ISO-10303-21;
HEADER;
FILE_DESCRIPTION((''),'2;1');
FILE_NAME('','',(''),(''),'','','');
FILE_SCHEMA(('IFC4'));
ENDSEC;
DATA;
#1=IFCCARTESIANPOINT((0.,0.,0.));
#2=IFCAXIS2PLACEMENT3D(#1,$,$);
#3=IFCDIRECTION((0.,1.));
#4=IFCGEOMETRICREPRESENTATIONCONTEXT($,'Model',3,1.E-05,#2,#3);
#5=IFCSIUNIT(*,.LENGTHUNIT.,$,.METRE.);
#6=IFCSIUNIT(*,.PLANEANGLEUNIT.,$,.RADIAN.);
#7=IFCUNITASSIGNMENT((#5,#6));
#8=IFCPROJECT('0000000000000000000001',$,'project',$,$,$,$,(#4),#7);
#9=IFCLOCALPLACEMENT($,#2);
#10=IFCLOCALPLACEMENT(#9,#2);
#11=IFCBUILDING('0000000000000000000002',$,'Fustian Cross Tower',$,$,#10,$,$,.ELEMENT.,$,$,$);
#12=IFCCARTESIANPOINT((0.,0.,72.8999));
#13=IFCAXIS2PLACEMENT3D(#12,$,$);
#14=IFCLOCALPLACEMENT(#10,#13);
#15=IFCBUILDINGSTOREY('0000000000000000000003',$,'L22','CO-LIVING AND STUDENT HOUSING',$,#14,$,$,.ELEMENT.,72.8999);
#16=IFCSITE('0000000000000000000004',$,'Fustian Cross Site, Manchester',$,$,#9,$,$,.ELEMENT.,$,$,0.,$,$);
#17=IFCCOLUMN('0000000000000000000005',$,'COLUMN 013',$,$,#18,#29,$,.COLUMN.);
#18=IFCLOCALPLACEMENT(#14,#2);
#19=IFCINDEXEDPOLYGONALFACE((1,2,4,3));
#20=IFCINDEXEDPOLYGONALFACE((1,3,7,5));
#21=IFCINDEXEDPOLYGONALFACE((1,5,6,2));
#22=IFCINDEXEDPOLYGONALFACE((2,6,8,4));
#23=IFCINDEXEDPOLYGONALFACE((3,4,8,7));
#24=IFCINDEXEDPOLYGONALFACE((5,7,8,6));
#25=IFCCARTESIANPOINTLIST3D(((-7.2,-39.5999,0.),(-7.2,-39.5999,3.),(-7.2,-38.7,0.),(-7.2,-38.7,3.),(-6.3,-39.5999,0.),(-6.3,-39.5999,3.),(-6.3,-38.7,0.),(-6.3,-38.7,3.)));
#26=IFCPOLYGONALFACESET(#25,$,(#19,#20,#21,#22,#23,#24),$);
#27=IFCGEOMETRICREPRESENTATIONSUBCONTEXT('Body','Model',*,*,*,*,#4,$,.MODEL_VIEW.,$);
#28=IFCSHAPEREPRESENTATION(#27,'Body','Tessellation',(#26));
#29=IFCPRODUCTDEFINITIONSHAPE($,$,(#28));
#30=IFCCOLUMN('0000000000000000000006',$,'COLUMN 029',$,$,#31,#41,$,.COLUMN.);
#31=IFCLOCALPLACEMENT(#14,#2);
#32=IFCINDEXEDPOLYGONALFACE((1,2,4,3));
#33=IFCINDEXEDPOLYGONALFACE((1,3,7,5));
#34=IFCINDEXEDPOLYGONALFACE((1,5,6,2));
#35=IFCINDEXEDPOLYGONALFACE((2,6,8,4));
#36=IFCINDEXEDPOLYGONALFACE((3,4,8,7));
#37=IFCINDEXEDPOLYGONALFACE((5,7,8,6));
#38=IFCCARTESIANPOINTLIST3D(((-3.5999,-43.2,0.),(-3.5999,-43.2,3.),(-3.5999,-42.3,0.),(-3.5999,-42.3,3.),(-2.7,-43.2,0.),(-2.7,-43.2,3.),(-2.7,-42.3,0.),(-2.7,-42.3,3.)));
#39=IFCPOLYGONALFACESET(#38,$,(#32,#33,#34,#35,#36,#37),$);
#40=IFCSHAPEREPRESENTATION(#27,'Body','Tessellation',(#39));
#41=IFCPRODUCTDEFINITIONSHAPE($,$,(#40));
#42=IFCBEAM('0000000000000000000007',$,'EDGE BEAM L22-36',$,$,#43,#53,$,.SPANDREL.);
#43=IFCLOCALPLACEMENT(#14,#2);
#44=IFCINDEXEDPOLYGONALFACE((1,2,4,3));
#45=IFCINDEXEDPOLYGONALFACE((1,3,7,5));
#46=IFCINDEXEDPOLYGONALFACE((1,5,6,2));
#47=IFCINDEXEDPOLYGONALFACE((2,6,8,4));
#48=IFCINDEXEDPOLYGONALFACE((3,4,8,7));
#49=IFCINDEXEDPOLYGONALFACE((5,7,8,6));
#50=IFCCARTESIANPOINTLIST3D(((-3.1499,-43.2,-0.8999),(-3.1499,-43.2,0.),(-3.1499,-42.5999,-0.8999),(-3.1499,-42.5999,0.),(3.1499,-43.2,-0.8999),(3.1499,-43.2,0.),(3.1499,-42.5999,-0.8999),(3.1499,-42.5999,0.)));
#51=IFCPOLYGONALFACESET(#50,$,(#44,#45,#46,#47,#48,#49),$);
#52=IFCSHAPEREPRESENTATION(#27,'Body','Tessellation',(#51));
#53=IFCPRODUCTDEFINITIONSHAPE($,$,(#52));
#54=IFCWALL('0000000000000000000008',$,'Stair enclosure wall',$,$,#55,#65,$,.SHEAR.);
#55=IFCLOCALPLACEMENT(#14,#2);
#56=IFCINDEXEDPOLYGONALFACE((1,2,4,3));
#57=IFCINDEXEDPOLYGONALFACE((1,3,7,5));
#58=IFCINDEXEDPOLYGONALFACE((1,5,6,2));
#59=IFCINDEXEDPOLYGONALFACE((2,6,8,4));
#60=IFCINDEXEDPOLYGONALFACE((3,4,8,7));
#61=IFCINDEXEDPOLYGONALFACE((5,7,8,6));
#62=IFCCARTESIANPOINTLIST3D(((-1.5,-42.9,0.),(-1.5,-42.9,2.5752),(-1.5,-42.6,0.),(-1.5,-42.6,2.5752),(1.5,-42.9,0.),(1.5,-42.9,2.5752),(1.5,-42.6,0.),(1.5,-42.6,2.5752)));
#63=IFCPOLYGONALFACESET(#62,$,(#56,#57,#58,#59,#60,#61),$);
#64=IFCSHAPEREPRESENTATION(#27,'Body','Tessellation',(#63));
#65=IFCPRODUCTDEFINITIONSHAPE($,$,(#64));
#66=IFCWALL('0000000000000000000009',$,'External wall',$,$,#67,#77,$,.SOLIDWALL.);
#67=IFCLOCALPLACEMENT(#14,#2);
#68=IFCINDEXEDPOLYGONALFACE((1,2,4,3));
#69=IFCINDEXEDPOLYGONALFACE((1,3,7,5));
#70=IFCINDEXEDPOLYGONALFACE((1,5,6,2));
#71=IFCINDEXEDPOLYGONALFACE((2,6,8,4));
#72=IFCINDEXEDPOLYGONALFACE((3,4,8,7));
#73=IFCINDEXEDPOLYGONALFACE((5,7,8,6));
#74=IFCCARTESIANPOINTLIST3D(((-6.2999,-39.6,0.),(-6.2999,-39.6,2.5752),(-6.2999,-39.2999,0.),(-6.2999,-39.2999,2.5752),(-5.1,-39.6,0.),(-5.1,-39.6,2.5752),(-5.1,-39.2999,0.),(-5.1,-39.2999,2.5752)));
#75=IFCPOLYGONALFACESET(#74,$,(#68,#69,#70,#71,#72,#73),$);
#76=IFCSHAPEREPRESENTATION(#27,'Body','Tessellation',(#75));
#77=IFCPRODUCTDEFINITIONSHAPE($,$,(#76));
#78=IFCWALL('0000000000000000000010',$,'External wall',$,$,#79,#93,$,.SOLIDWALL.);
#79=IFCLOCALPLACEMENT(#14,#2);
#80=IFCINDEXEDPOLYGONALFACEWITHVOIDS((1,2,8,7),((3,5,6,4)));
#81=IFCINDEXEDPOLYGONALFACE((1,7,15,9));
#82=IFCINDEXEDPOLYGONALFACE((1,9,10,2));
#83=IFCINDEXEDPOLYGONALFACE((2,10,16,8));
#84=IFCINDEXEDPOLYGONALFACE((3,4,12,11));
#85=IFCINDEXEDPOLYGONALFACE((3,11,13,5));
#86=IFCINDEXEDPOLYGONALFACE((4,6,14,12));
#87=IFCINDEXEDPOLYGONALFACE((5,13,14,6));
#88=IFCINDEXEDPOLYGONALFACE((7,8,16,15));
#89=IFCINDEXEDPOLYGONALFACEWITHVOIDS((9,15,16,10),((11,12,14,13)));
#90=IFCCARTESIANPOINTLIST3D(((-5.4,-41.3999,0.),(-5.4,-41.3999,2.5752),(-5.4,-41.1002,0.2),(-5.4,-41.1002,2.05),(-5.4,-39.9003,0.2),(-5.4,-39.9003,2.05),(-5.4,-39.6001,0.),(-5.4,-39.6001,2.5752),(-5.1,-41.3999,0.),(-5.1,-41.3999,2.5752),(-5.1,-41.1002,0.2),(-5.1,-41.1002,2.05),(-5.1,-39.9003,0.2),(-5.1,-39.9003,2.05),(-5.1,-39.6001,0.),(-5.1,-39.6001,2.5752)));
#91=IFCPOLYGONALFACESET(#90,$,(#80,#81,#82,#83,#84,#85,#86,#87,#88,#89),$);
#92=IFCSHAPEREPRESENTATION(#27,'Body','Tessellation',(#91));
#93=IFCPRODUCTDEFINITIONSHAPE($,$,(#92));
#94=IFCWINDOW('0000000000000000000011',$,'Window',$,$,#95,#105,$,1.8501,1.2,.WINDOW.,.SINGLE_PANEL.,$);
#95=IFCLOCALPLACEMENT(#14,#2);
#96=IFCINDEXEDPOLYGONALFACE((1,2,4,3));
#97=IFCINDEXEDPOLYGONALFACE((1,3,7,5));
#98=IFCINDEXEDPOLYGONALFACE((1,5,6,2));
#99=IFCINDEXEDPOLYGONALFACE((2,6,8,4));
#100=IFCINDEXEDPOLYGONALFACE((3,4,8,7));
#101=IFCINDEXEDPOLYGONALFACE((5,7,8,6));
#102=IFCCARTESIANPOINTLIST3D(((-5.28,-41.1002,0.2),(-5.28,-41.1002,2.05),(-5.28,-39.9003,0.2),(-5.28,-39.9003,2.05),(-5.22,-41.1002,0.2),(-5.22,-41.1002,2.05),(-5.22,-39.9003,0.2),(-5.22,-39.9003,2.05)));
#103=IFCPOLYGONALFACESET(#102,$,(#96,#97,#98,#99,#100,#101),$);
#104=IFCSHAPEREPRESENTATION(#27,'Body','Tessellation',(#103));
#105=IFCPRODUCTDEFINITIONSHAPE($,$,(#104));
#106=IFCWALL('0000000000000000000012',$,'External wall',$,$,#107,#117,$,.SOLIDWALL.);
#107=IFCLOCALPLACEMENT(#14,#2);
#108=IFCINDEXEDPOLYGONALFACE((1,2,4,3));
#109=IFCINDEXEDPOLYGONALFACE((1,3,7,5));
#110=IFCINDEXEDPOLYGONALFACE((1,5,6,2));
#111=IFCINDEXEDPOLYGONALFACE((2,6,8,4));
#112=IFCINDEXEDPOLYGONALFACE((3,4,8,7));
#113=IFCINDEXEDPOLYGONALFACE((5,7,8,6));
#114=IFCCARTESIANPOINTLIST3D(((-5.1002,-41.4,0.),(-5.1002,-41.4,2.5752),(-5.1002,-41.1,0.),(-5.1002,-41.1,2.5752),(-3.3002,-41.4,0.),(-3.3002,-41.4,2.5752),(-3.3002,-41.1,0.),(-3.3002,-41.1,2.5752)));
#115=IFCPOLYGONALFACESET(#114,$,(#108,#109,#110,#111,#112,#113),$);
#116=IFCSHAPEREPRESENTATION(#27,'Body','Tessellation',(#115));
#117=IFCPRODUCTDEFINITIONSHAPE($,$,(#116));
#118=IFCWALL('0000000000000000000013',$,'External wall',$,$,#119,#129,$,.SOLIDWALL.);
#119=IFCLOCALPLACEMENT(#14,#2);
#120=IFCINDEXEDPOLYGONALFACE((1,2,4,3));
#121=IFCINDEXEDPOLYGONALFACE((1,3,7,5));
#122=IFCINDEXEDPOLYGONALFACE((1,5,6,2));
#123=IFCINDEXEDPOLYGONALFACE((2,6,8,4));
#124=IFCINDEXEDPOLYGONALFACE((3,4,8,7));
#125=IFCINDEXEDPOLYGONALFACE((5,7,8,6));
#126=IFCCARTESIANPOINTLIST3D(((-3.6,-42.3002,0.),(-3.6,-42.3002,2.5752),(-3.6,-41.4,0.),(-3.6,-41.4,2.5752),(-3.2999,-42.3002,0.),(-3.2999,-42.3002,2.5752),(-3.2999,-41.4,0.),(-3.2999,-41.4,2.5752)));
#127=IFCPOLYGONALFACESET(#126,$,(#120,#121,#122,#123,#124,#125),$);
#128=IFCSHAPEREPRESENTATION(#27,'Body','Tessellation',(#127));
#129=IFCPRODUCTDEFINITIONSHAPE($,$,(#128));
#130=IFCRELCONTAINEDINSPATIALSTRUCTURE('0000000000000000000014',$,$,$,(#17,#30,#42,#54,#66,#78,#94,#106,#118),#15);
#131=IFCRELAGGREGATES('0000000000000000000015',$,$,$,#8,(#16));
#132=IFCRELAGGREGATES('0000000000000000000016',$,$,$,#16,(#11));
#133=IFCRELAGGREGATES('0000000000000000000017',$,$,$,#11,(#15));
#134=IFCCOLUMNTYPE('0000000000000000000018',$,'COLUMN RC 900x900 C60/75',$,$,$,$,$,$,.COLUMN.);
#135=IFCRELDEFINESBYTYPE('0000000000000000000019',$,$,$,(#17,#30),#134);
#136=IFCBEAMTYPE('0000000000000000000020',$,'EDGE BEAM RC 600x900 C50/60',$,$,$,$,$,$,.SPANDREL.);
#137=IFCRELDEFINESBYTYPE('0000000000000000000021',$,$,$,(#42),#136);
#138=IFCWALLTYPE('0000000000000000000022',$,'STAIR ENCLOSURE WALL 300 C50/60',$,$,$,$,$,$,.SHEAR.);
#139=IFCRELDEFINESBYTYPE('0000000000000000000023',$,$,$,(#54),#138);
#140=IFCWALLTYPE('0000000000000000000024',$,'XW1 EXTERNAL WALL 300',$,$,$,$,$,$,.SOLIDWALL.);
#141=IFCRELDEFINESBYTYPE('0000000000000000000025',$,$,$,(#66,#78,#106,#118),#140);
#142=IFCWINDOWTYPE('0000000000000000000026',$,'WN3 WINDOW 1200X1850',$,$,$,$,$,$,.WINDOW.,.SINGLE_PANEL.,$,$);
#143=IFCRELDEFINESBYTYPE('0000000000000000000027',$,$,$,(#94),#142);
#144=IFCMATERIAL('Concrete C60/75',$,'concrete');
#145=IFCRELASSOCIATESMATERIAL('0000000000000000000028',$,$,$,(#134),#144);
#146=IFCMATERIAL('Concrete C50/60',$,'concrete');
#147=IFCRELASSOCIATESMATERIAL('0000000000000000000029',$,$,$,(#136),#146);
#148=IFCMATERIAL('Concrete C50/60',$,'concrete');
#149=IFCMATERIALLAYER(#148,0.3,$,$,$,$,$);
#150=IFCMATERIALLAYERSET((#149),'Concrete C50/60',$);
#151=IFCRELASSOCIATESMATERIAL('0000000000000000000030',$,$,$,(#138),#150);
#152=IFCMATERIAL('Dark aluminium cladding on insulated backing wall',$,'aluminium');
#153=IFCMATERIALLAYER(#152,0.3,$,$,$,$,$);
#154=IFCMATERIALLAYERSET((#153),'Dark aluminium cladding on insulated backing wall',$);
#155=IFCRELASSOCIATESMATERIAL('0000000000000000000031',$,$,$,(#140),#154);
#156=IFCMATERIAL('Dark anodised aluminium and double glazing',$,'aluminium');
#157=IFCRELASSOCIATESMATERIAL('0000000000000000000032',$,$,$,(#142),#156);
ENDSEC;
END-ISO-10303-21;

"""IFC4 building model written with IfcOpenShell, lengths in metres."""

from ifc_helpers import new_model, si_unit, direction, frame, frame_2d, origin, origin_2d, place, context, subcontext, project, spatial, rectangle, extrude, material, layer, layer_set, material_profile, profile_set, type_object, element, fill, save


model = new_model("IFC4")

# Units and contexts
model_context = context("Model", 3, precision=1e-05, world=origin(), true_north=direction((0.0, 1.0)))
body_context = subcontext(model_context, "Body", "Model", "MODEL_VIEW")
ifc_project = project(units=[si_unit("LENGTHUNIT", "METRE"), si_unit("PLANEANGLEUNIT", "RADIAN")], contexts=[model_context])

# Site, building, storey
site_placement = place(None, origin())
site = spatial("IfcSite", under=ifc_project, at=site_placement, Name="Fustian Cross Site, Manchester", CompositionType="ELEMENT", RefElevation=0.0)
building_placement = place(site_placement, origin())
building = spatial("IfcBuilding", under=site, at=building_placement, Name="Fustian Cross Tower", CompositionType="ELEMENT")
storey_placement = place(building_placement, frame((0.0, 0.0, 72.8999)))
storey = spatial("IfcBuildingStorey", under=building, at=storey_placement, Name="L22", Description="CO-LIVING AND STUDENT HOUSING", CompositionType="ELEMENT", Elevation=72.8999)

# Columns
ifc_material_1 = material(Name="Concrete C60/75", Category="concrete")
ifc_material_profile_1 = material_profile(ifc_material_1, rectangle(XDim=0.8999, YDim=0.8999, at=origin_2d()), Name="RC 900x900")
ifc_profile_set_1 = profile_set([ifc_material_profile_1], Name="Concrete C60/75")
column_type = type_object("IfcColumnType", Name="COLUMN RC 900x900 C60/75", PredefinedType="COLUMN", material=ifc_profile_set_1)
for number, where, z_axis, x_axis, name in (
    (1, (-6.75, -39.1499, 0.0), (0.0, 0.0, 1.0), (1.0, 0.0, 0.0), "COLUMN 013"),
    (2, (-3.1499, -42.75, 0.0), (0.0, 0.0, 1.0), (1.0, 0.0, 0.0), "COLUMN 029"),
):
    element("IfcColumn", number, at=place(storey_placement, frame(where, z_axis=z_axis, x_axis=x_axis)), inside=storey, type_object=column_type, Name=name, PredefinedType="COLUMN", context=body_context, shape_type="SweptSolid", body=[
        extrude(rectangle(XDim=0.8999, YDim=0.8999, at=origin_2d()), origin(), (0.0, 0.0, 1.0), 3.0),
    ])

# Beam
ifc_material_2 = material(Name="Concrete C50/60", Category="concrete")
ifc_material_profile_2 = material_profile(ifc_material_2, rectangle(XDim=0.6001, YDim=0.8999, at=origin_2d()), Name="RC 600x900")
ifc_profile_set_2 = profile_set([ifc_material_profile_2], Name="Concrete C50/60")
beam_type = type_object("IfcBeamType", Name="EDGE BEAM RC 600x900 C50/60", PredefinedType="SPANDREL", material=ifc_profile_set_2)
beam_placement = place(storey_placement, frame((-3.1499, -42.8999, -0.45), z_axis=(1.0, 0.0, 0.0), x_axis=(0.0, 1.0, 0.0)))
element("IfcBeam", 3, at=beam_placement, inside=storey, type_object=beam_type, Name="EDGE BEAM L22-36", PredefinedType="SPANDREL", context=body_context, shape_type="SweptSolid", body=[
    extrude(rectangle(XDim=0.6001, YDim=0.8999, at=origin_2d()), origin(), (0.0, 0.0, 1.0), 6.2998),
])

# Walls
ifc_material_3 = material(Name="Concrete C50/60", Category="concrete")
ifc_layer_1 = layer(ifc_material_3, 0.3)
ifc_layer_set_1 = layer_set([ifc_layer_1], Name="Concrete C50/60")
wall_type_1 = type_object("IfcWallType", Name="STAIR ENCLOSURE WALL 300 C50/60", PredefinedType="SHEAR", material=ifc_layer_set_1)
wall_1_placement = place(storey_placement, frame((-1.5, -42.75, 0.0), z_axis=(0.0, 0.0, 1.0), x_axis=(1.0, 0.0, 0.0)))
element("IfcWall", 4, at=wall_1_placement, inside=storey, type_object=wall_type_1, Name="Stair enclosure wall", PredefinedType="SHEAR", context=body_context, shape_type="SweptSolid", body=[
    extrude(rectangle(XDim=3.0, YDim=0.3, at=frame_2d((1.5, 0.0))), origin(), (0.0, 0.0, 1.0), 2.5752),
])
ifc_material_4 = material(Name="Dark aluminium cladding on insulated backing wall", Category="aluminium")
ifc_layer_2 = layer(ifc_material_4, 0.3)
ifc_layer_set_2 = layer_set([ifc_layer_2], Name="Dark aluminium cladding on insulated backing wall")
wall_type_2 = type_object("IfcWallType", Name="XW1 EXTERNAL WALL 300", PredefinedType="SOLIDWALL", material=ifc_layer_set_2)
wall_2_placement = place(storey_placement, frame((-6.3, -39.45, 0.0), z_axis=(0.0, 0.0, 1.0), x_axis=(1.0, 0.0, 0.0)))
element("IfcWall", 5, at=wall_2_placement, inside=storey, type_object=wall_type_2, Name="External wall", PredefinedType="SOLIDWALL", context=body_context, shape_type="SweptSolid", body=[
    extrude(rectangle(XDim=1.2, YDim=0.3, at=frame_2d((0.6001, 0.0))), origin(), (0.0, 0.0, 1.0), 2.5752),
])

# Wall, opening, window
wall_3_placement = place(storey_placement, frame((-5.25, -39.6001, 0.0), z_axis=(0.0, 0.0, 1.0), x_axis=(0.0, -1.0, 0.0)))
wall_3 = element("IfcWall", 6, at=wall_3_placement, inside=storey, type_object=wall_type_2, Name="External wall", PredefinedType="SOLIDWALL", context=body_context, shape_type="SweptSolid", body=[
    extrude(rectangle(XDim=1.7998, YDim=0.3, at=frame_2d((0.8999, 0.0))), origin(), (0.0, 0.0, 1.0), 2.5752),
])
opening_1_placement = place(wall_3_placement, frame((0.3, 0.0, 0.2)))
opening_1 = element("IfcOpeningElement", 7, at=opening_1_placement, cuts=wall_3, PredefinedType="OPENING", context=body_context, shape_type="SweptSolid", body=[
    extrude(rectangle(XDim=1.2, YDim=1.8501, at=frame_2d((0.6001, 0.925))), frame((0.0, 0.1599, 0.0), z_axis=(0.0, -1.0, 0.0), x_axis=(1.0, 0.0, 0.0)), (0.0, 0.0, 1.0), 0.3201),
])
ifc_material_5 = material(Name="Dark anodised aluminium and double glazing", Category="aluminium")
window_type_1 = type_object("IfcWindowType", Name="WN3 WINDOW 1200X1850", PartitioningType="SINGLE_PANEL", PredefinedType="WINDOW", material=ifc_material_5)
window_1_placement = place(opening_1_placement, origin())
window_1 = element("IfcWindow", 8, at=window_1_placement, inside=storey, type_object=window_type_1, Name="Window", OverallHeight=1.8501, OverallWidth=1.2, PartitioningType="SINGLE_PANEL", PredefinedType="WINDOW", context=body_context, shape_type="SweptSolid", body=[
    extrude(rectangle(XDim=1.2, YDim=1.8501, at=frame_2d((0.6001, 0.925))), frame((0.0, 0.03, 0.0), z_axis=(0.0, -1.0, 0.0), x_axis=(1.0, 0.0, 0.0)), (0.0, 0.0, 1.0), 0.0601),
])
fill(opening_1, window_1)

# Walls
wall_4_placement = place(storey_placement, frame((-5.1001, -41.25, 0.0), z_axis=(0.0, 0.0, 1.0), x_axis=(1.0, 0.0, 0.0)))
element("IfcWall", 9, at=wall_4_placement, inside=storey, type_object=wall_type_2, Name="External wall", PredefinedType="SOLIDWALL", context=body_context, shape_type="SweptSolid", body=[
    extrude(rectangle(XDim=1.8, YDim=0.3, at=frame_2d((0.8999, 0.0))), origin(), (0.0, 0.0, 1.0), 2.5752),
])
wall_5_placement = place(storey_placement, frame((-3.45, -41.3999, 0.0), z_axis=(0.0, 0.0, 1.0), x_axis=(0.0, -1.0, 0.0)))
element("IfcWall", 10, at=wall_5_placement, inside=storey, type_object=wall_type_2, Name="External wall", PredefinedType="SOLIDWALL", context=body_context, shape_type="SweptSolid", body=[
    extrude(rectangle(XDim=0.9001, YDim=0.3, at=frame_2d((0.4502, 0.0))), origin(), (0.0, 0.0, 1.0), 2.5752),
])

save(model, "model.ifc")
